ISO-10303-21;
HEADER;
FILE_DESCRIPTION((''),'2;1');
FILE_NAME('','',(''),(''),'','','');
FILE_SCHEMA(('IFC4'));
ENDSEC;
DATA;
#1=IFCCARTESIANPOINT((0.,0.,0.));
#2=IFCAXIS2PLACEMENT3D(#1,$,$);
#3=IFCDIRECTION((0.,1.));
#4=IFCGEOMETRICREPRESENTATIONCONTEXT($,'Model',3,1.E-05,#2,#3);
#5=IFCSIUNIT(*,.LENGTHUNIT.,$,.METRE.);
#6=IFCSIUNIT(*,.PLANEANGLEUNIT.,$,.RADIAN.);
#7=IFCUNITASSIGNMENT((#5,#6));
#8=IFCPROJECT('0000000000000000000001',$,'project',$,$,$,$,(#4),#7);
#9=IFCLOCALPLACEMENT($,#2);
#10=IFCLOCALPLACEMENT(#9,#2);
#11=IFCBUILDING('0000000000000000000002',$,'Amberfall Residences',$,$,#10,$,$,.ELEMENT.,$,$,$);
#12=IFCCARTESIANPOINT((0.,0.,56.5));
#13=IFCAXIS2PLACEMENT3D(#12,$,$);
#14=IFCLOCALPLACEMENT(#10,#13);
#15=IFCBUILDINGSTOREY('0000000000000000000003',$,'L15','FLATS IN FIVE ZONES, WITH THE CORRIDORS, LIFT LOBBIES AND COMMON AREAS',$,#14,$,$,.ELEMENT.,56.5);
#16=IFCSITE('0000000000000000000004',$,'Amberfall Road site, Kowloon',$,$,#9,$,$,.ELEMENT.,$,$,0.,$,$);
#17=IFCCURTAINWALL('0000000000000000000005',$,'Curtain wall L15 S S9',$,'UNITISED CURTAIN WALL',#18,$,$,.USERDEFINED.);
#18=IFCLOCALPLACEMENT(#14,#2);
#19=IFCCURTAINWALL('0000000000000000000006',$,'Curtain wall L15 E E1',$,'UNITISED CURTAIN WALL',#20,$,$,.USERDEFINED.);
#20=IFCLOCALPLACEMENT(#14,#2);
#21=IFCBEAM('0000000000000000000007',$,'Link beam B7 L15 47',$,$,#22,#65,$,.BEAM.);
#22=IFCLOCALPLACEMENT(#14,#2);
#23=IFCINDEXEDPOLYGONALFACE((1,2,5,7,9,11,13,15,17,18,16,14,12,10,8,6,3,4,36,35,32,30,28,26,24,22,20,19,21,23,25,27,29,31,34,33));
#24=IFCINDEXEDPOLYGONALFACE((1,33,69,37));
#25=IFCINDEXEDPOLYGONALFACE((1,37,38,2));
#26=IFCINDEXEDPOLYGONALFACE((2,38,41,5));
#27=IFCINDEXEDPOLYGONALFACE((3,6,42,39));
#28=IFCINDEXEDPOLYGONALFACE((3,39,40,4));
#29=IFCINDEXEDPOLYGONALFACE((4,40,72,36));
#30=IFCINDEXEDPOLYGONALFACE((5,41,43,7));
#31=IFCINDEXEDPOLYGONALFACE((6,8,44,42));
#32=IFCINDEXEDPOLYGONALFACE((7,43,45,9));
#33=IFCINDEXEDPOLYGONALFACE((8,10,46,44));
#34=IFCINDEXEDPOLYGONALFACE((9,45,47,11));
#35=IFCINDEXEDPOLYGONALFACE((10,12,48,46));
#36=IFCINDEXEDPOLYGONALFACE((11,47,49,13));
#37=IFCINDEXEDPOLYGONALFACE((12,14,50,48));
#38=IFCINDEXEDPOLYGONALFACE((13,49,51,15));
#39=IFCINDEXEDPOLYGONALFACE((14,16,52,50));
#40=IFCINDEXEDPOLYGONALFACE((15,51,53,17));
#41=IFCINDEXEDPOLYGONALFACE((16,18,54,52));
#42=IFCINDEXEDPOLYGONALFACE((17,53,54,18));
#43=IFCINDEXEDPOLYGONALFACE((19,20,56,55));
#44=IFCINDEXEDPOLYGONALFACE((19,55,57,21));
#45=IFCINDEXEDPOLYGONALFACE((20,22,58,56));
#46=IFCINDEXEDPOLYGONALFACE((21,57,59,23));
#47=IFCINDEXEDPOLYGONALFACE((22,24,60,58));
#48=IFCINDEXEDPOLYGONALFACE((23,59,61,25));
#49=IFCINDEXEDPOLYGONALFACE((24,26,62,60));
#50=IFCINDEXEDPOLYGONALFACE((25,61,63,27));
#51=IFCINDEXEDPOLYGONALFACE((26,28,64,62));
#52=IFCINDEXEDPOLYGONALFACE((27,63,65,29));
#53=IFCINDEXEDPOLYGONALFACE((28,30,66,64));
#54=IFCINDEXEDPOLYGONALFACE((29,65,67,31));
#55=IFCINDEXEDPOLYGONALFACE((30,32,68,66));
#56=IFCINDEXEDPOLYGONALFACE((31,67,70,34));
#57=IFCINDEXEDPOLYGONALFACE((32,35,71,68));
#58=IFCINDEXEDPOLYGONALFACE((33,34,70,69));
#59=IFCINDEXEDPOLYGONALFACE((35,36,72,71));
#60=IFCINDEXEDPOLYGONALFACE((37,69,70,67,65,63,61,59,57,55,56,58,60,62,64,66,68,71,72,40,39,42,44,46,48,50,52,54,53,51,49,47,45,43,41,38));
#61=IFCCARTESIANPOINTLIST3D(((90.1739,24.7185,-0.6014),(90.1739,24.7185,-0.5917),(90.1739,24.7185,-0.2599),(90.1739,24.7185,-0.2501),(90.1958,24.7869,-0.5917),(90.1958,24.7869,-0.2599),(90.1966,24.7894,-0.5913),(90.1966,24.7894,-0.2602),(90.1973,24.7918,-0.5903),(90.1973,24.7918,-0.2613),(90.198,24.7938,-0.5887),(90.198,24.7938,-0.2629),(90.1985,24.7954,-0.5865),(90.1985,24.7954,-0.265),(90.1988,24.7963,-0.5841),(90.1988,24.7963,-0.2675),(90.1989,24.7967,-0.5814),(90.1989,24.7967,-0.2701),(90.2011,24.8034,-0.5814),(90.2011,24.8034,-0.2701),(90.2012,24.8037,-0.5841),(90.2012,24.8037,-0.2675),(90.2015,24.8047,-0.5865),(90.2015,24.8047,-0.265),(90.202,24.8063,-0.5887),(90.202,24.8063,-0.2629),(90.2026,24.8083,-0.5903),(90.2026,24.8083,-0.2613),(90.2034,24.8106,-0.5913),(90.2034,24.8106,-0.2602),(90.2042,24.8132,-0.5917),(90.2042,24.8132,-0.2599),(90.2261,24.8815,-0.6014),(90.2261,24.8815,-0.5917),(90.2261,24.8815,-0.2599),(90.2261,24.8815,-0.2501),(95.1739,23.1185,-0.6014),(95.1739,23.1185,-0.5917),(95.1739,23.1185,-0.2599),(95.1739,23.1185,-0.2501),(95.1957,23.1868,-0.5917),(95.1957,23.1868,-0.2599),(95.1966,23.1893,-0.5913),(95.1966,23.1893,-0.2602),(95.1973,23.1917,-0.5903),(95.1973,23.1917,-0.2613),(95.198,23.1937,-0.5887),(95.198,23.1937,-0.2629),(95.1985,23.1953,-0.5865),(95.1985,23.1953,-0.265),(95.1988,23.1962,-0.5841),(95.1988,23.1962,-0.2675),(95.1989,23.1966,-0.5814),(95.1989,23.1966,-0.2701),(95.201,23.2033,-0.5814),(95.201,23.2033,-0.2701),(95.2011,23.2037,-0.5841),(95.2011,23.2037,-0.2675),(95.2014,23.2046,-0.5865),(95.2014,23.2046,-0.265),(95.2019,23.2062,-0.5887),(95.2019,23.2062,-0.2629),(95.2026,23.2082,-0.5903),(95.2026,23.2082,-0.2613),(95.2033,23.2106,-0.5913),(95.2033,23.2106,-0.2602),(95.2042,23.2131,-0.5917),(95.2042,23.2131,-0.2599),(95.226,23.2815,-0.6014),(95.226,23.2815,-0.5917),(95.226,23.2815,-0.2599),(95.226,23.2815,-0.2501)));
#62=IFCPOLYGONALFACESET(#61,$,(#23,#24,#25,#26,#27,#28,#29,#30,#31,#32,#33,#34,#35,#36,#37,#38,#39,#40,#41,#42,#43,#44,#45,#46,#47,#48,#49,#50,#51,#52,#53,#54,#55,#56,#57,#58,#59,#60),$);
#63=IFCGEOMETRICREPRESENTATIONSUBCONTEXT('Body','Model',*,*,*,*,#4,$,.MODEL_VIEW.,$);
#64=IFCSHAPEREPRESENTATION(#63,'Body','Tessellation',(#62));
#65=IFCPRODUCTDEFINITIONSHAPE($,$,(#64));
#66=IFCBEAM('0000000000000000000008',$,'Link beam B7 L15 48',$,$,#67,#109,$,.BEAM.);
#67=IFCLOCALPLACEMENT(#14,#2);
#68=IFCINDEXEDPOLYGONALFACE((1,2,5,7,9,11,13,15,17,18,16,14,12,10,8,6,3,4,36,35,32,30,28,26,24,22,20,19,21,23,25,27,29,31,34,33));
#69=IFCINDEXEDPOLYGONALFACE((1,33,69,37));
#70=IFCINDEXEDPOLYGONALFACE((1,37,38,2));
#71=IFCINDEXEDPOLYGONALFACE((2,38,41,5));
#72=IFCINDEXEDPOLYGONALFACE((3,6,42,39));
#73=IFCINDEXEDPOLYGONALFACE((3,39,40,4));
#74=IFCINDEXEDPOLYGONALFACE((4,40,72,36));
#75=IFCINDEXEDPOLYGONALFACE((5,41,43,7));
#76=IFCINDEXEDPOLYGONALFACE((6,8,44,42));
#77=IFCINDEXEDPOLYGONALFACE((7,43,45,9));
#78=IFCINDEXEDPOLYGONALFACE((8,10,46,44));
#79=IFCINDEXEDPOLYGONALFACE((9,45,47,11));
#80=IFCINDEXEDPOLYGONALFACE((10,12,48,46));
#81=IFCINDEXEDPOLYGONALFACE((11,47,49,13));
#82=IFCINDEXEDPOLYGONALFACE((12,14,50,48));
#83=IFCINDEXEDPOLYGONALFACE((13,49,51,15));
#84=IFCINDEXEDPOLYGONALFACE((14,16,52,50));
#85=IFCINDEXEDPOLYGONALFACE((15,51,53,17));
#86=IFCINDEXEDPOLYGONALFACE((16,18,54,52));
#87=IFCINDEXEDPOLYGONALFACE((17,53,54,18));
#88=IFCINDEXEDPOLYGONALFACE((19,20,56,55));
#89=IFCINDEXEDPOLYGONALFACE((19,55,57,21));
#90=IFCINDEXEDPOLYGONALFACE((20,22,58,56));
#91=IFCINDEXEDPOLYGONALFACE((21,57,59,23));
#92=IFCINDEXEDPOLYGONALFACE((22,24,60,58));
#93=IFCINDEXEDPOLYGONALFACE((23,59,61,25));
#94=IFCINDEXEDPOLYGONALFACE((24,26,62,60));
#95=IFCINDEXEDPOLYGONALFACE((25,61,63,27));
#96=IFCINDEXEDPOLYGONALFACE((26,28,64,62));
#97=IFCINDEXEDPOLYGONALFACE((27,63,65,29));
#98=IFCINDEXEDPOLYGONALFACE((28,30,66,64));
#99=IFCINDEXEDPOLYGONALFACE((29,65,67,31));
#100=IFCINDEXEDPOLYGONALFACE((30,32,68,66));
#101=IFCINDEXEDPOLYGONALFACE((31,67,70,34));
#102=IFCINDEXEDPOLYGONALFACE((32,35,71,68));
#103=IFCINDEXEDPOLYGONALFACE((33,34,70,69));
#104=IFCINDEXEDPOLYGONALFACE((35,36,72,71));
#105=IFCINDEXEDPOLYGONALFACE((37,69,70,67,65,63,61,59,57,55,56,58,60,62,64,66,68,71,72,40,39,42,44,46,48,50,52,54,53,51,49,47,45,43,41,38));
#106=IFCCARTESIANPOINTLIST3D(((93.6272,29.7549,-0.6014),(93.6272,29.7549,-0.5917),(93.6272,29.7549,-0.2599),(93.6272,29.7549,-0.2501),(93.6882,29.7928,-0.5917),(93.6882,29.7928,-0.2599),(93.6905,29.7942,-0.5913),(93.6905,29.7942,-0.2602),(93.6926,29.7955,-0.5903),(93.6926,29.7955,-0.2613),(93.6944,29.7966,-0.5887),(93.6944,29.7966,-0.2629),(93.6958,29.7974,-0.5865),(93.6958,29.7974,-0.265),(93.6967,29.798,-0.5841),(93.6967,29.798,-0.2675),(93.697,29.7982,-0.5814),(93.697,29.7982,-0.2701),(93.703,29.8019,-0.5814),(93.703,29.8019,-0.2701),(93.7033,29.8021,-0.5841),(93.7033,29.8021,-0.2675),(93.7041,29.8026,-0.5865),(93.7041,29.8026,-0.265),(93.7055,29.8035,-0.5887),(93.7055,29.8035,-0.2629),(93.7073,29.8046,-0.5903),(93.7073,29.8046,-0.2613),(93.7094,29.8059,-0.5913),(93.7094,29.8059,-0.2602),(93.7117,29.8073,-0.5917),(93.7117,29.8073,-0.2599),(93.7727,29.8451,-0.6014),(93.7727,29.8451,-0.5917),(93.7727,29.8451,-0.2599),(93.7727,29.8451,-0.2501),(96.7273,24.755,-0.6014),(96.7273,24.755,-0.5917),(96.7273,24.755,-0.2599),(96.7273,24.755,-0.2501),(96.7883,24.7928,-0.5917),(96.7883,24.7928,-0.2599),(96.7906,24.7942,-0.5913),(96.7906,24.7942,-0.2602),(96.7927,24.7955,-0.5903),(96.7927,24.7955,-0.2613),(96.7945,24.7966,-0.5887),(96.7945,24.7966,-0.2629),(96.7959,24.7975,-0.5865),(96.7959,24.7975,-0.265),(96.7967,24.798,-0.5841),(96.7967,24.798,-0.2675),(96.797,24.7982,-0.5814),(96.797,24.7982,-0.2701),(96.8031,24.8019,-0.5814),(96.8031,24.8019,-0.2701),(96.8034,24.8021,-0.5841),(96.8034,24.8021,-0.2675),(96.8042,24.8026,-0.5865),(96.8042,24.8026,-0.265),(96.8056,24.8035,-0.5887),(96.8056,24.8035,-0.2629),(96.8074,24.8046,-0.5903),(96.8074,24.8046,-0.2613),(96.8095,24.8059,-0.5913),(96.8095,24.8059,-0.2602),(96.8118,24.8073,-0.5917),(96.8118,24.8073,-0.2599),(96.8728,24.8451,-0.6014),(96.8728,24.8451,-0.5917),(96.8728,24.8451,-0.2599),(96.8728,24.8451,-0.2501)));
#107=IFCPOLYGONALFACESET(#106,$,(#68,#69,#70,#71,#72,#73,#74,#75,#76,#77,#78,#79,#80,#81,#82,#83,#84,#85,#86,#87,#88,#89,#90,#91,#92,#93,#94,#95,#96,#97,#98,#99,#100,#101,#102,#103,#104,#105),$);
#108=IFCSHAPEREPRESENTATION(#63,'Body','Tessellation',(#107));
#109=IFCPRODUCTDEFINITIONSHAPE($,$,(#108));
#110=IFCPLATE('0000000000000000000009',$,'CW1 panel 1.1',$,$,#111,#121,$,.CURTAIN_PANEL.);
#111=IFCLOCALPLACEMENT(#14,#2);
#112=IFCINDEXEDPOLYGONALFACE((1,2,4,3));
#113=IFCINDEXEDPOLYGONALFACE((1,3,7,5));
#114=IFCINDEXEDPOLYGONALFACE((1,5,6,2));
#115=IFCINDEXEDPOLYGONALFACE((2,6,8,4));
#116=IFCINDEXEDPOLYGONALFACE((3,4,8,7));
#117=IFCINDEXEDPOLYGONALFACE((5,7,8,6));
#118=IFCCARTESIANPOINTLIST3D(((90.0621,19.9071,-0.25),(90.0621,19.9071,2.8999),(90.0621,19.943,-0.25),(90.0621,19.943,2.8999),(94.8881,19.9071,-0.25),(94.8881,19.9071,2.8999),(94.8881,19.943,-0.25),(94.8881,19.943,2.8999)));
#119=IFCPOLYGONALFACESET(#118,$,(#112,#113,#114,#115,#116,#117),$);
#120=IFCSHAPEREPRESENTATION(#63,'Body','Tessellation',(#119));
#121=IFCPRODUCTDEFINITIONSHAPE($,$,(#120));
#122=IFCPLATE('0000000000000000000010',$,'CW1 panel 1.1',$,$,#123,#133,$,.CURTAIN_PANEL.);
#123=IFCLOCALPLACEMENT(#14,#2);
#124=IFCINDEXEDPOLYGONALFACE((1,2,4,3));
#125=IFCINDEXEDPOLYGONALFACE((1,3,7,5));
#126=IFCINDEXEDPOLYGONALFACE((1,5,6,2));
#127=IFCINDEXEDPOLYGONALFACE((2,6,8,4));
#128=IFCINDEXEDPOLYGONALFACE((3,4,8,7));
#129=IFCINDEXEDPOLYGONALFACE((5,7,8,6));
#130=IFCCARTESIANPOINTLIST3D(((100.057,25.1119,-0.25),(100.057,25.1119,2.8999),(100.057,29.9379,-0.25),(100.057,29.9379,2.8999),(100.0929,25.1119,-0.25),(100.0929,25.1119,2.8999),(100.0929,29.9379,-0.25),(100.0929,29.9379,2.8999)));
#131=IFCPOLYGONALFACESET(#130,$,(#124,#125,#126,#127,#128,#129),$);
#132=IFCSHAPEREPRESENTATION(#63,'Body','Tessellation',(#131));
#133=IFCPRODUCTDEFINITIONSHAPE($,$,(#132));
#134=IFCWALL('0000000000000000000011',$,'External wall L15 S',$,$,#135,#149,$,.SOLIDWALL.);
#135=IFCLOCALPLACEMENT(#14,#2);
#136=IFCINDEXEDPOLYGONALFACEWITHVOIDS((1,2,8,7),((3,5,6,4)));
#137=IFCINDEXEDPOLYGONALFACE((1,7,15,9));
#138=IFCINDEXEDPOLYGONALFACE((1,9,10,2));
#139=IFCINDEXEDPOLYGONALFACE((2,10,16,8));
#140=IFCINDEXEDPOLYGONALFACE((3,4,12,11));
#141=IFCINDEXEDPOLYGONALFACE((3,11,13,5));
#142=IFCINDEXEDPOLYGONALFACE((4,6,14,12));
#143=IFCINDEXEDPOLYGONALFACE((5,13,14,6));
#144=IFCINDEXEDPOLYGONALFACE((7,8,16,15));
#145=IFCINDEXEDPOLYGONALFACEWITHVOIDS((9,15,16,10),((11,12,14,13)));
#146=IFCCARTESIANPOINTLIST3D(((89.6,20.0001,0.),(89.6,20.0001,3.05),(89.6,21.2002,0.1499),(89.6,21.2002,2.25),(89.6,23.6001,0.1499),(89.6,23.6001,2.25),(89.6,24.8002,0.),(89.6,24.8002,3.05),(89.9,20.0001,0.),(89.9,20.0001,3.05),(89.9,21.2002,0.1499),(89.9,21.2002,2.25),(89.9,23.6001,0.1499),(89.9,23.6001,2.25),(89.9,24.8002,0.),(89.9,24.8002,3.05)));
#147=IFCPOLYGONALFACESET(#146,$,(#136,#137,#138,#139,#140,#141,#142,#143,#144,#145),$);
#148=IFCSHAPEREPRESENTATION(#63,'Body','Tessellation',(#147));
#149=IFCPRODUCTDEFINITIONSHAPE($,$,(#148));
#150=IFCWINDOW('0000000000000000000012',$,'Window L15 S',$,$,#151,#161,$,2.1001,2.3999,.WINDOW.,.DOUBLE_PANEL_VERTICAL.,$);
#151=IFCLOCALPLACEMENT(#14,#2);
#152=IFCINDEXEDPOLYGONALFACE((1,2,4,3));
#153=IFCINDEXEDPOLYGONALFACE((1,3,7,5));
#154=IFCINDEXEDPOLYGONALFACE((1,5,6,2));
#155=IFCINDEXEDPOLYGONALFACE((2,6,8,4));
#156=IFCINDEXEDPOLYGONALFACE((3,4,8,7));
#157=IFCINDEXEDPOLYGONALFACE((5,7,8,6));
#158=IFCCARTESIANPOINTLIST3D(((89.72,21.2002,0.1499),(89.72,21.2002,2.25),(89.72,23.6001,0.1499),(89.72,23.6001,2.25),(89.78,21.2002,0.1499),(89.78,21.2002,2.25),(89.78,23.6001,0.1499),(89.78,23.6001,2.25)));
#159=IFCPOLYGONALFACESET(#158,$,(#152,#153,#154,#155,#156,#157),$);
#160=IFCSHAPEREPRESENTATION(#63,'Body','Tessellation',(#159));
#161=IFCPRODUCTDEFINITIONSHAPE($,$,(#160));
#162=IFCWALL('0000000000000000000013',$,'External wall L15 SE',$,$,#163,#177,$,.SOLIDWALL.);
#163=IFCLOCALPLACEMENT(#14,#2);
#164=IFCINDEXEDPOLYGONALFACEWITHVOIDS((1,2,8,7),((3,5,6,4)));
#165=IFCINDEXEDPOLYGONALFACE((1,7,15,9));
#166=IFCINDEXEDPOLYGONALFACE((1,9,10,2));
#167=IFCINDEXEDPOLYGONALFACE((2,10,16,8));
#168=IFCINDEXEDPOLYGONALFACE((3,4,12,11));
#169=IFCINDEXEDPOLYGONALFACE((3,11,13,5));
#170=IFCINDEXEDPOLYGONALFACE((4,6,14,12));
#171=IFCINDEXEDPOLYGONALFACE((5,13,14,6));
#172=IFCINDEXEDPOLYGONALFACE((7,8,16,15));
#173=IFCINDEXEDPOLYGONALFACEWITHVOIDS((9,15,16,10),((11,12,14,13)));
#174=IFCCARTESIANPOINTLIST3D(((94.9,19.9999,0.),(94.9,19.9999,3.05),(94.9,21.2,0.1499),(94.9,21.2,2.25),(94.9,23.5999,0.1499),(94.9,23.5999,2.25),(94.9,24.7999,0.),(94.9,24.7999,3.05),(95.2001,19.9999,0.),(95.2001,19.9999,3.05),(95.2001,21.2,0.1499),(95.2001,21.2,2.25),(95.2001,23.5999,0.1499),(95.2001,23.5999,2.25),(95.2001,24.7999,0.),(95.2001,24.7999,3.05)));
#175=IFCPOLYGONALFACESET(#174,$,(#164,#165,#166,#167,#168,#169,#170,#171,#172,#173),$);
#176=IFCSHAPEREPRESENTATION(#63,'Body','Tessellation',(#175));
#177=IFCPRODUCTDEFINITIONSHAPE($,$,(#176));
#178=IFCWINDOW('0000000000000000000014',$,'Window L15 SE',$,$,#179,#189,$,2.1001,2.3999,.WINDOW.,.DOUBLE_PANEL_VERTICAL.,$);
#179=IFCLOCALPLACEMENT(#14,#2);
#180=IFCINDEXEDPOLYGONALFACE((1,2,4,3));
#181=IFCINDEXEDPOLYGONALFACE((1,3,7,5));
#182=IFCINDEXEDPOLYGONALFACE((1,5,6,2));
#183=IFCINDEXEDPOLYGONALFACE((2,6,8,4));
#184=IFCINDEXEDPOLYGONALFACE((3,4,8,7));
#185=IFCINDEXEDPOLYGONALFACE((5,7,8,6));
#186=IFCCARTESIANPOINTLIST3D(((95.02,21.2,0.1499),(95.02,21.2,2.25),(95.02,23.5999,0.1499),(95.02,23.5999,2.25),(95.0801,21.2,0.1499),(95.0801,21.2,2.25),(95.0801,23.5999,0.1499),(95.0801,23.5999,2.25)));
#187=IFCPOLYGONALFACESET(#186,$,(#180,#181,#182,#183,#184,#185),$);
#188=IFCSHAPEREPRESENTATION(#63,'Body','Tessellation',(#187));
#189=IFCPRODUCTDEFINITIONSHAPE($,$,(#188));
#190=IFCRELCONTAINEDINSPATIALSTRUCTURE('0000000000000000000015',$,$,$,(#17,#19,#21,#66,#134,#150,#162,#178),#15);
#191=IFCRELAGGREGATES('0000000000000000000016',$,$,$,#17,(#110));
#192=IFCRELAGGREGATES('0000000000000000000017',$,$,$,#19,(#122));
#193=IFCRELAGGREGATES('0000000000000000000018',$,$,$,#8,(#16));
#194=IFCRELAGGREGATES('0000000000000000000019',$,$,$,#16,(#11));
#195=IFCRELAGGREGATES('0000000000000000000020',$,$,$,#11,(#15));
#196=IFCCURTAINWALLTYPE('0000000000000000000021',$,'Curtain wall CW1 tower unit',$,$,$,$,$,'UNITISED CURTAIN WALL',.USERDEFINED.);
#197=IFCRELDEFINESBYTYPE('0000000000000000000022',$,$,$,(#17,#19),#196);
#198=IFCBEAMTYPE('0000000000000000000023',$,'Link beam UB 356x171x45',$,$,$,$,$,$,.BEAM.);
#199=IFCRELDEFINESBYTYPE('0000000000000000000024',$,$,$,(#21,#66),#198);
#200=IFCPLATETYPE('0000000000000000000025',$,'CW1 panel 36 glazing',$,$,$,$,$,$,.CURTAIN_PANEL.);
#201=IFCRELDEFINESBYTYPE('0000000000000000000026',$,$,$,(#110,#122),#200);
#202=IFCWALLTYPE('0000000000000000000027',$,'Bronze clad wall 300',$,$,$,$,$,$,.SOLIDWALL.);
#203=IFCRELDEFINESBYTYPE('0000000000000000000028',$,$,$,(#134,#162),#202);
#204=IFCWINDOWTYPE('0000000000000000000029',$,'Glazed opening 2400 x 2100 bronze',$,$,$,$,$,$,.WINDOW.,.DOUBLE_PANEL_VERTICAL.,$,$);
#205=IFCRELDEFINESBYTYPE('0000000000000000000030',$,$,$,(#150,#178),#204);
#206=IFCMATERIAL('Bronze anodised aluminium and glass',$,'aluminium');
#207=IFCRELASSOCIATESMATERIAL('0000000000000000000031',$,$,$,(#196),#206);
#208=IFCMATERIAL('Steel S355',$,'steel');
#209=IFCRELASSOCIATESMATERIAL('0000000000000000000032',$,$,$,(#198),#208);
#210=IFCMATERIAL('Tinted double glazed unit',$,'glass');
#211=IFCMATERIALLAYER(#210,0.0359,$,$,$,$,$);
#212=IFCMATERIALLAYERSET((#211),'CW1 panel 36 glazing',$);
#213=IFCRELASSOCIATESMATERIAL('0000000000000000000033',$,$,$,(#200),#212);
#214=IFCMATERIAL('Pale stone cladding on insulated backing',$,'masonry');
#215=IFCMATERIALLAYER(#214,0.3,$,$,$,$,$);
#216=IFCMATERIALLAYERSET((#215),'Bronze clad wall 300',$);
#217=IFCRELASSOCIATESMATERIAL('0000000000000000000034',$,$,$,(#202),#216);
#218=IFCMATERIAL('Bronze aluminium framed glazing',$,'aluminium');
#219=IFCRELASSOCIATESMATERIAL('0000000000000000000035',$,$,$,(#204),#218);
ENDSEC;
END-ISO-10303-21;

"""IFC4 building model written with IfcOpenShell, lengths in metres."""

from ifc_helpers import new_model, si_unit, direction, frame, frame_2d, origin, origin_2d, place, context, subcontext, project, spatial, rectangle, i_section, extrude, material, layer, layer_set, material_profile, profile_set, type_object, element, fill, aggregate, save


model = new_model("IFC4")

# Units and contexts
model_context = context("Model", 3, precision=1e-05, world=origin(), true_north=direction((0.0, 1.0)))
body_context = subcontext(model_context, "Body", "Model", "MODEL_VIEW")
ifc_project = project(units=[si_unit("LENGTHUNIT", "METRE"), si_unit("PLANEANGLEUNIT", "RADIAN")], contexts=[model_context])

# Site, building, storey
site_placement = place(None, origin())
site = spatial("IfcSite", under=ifc_project, at=site_placement, Name="Amberfall Road site, Kowloon", CompositionType="ELEMENT", RefElevation=0.0)
building_placement = place(site_placement, origin())
building = spatial("IfcBuilding", under=site, at=building_placement, Name="Amberfall Residences", CompositionType="ELEMENT")
storey_placement = place(building_placement, frame((0.0, 0.0, 56.5)))
storey = spatial("IfcBuildingStorey", under=building, at=storey_placement, Name="L15", Description="FLATS IN FIVE ZONES, WITH THE CORRIDORS, LIFT LOBBIES AND COMMON AREAS", CompositionType="ELEMENT", Elevation=56.5)

# Curtain walls
ifc_material_1 = material(Name="Bronze anodised aluminium and glass", Category="aluminium")
curtain_wall_type = type_object("IfcCurtainWallType", Name="Curtain wall CW1 tower unit", ElementType="UNITISED CURTAIN WALL", PredefinedType="USERDEFINED", material=ifc_material_1)
curtain_wall_1_placement = place(storey_placement, origin())
curtain_wall_1 = element("IfcCurtainWall", 1, at=curtain_wall_1_placement, inside=storey, type_object=curtain_wall_type, Name="Curtain wall L15 S S9", ObjectType="UNITISED CURTAIN WALL", PredefinedType="USERDEFINED")
curtain_wall_2_placement = place(storey_placement, origin())
curtain_wall_2 = element("IfcCurtainWall", 2, at=curtain_wall_2_placement, inside=storey, type_object=curtain_wall_type, Name="Curtain wall L15 E E1", ObjectType="UNITISED CURTAIN WALL", PredefinedType="USERDEFINED")

# Beams
ifc_material_2 = material(Name="Steel S355", Category="steel")
ifc_material_profile_1 = material_profile(ifc_material_2, i_section(OverallWidth=0.1711, OverallDepth=0.3513, WebThickness=0.0071, FlangeThickness=0.0098, FilletRadius=0.0103, at=origin_2d()), Name="UB 356x171x45")
ifc_profile_set_1 = profile_set([ifc_material_profile_1], Name="Steel S355")
beam_type_1 = type_object("IfcBeamType", Name="Link beam UB 356x171x45", PredefinedType="BEAM", material=ifc_profile_set_1)
beam_1_placement = place(storey_placement, frame((95.2, 23.2, -0.4258), z_axis=(-0.952419, 0.304793, 0.0), x_axis=(-0.304793, -0.952419, 0.0)))
element("IfcBeam", 3, at=beam_1_placement, inside=storey, type_object=beam_type_1, Name="Link beam B7 L15 47", PredefinedType="BEAM", context=body_context, shape_type="SweptSolid", body=[
    extrude(i_section(OverallWidth=0.1711, OverallDepth=0.3513, WebThickness=0.0071, FlangeThickness=0.0098, FilletRadius=0.0103, at=origin_2d()), origin(), (0.0, 0.0, 1.0), 5.2498),
])
beam_2_placement = place(storey_placement, frame((96.8, 24.8, -0.4258), z_axis=(-0.526952, 0.849895, 0.0), x_axis=(-0.849895, -0.526952, 0.0)))
element("IfcBeam", 4, at=beam_2_placement, inside=storey, type_object=beam_type_1, Name="Link beam B7 L15 48", PredefinedType="BEAM", context=body_context, shape_type="SweptSolid", body=[
    extrude(i_section(OverallWidth=0.1711, OverallDepth=0.3513, WebThickness=0.0071, FlangeThickness=0.0098, FilletRadius=0.0103, at=origin_2d()), origin(), (0.0, 0.0, 1.0), 5.8831),
])

# Plates
ifc_material_3 = material(Name="Tinted double glazed unit", Category="glass")
ifc_layer_1 = layer(ifc_material_3, 0.0359)
ifc_layer_set_1 = layer_set([ifc_layer_1], Name="CW1 panel 36 glazing")
plate_type = type_object("IfcPlateType", Name="CW1 panel 36 glazing", PredefinedType="CURTAIN_PANEL", material=ifc_layer_set_1)
plate_1_placement = place(storey_placement, frame((92.4751, 19.925, -0.25), z_axis=(0.0, 0.0, 1.0), x_axis=(1.0, 0.0, 0.0)))
plate_1 = element("IfcPlate", 5, at=plate_1_placement, type_object=plate_type, Name="CW1 panel 1.1", PredefinedType="CURTAIN_PANEL", context=body_context, shape_type="SweptSolid", body=[
    extrude(rectangle(XDim=4.8259, YDim=0.0359, at=origin_2d()), origin(), (0.0, 0.0, 1.0), 3.1499),
])
aggregate(curtain_wall_1, [plate_1])
plate_2_placement = place(storey_placement, frame((100.075, 27.5249, -0.25), z_axis=(0.0, 0.0, 1.0), x_axis=(0.0, 1.0, 0.0)))
plate_2 = element("IfcPlate", 6, at=plate_2_placement, type_object=plate_type, Name="CW1 panel 1.1", PredefinedType="CURTAIN_PANEL", context=body_context, shape_type="SweptSolid", body=[
    extrude(rectangle(XDim=4.8259, YDim=0.0359, at=origin_2d()), origin(), (0.0, 0.0, 1.0), 3.1499),
])
aggregate(curtain_wall_2, [plate_2])

# Walls, openings, windows
ifc_material_4 = material(Name="Pale stone cladding on insulated backing", Category="masonry")
ifc_layer_2 = layer(ifc_material_4, 0.3)
ifc_layer_set_2 = layer_set([ifc_layer_2], Name="Bronze clad wall 300")
wall_type_1 = type_object("IfcWallType", Name="Bronze clad wall 300", PredefinedType="SOLIDWALL", material=ifc_layer_set_2)
wall_1_placement = place(storey_placement, frame((89.75, 24.8, 0.0), z_axis=(0.0, 0.0, 1.0), x_axis=(0.0, -1.0, 0.0)))
wall_1 = element("IfcWall", 7, at=wall_1_placement, inside=storey, type_object=wall_type_1, Name="External wall L15 S", PredefinedType="SOLIDWALL", context=body_context, shape_type="SweptSolid", body=[
    extrude(rectangle(XDim=4.8, YDim=0.3, at=frame_2d((2.3999, 0.0))), origin(), (0.0, 0.0, 1.0), 3.05),
])
opening_1_placement = place(wall_1_placement, frame((1.2, 0.0, 0.1499)))
opening_1 = element("IfcOpeningElement", 8, at=opening_1_placement, cuts=wall_1, PredefinedType="OPENING", context=body_context, shape_type="SweptSolid", body=[
    extrude(rectangle(XDim=2.3999, YDim=2.1001, at=frame_2d((1.2, 1.05))), frame((0.0, 0.1599, 0.0), z_axis=(0.0, -1.0, 0.0), x_axis=(1.0, 0.0, 0.0)), (0.0, 0.0, 1.0), 0.3201),
])
ifc_material_5 = material(Name="Bronze aluminium framed glazing", Category="aluminium")
window_type_1 = type_object("IfcWindowType", Name="Glazed opening 2400 x 2100 bronze", PartitioningType="DOUBLE_PANEL_VERTICAL", PredefinedType="WINDOW", material=ifc_material_5)
window_1_placement = place(opening_1_placement, origin())
window_1 = element("IfcWindow", 9, at=window_1_placement, inside=storey, type_object=window_type_1, Name="Window L15 S", OverallHeight=2.1001, OverallWidth=2.3999, PartitioningType="DOUBLE_PANEL_VERTICAL", PredefinedType="WINDOW", context=body_context, shape_type="SweptSolid", body=[
    extrude(rectangle(XDim=2.3999, YDim=2.1001, at=frame_2d((1.2, 1.05))), frame((0.0, 0.03, 0.0), z_axis=(0.0, -1.0, 0.0), x_axis=(1.0, 0.0, 0.0)), (0.0, 0.0, 1.0), 0.0601),
])
fill(opening_1, window_1)
wall_2_placement = place(storey_placement, frame((95.05, 20.0, 0.0), z_axis=(0.0, 0.0, 1.0), x_axis=(0.0, 1.0, 0.0)))
wall_2 = element("IfcWall", 10, at=wall_2_placement, inside=storey, type_object=wall_type_1, Name="External wall L15 SE", PredefinedType="SOLIDWALL", context=body_context, shape_type="SweptSolid", body=[
    extrude(rectangle(XDim=4.8, YDim=0.3, at=frame_2d((2.3999, 0.0))), origin(), (0.0, 0.0, 1.0), 3.05),
])
opening_2_placement = place(wall_2_placement, frame((1.2, 0.0, 0.1499)))
opening_2 = element("IfcOpeningElement", 11, at=opening_2_placement, cuts=wall_2, PredefinedType="OPENING", context=body_context, shape_type="SweptSolid", body=[
    extrude(rectangle(XDim=2.3999, YDim=2.1001, at=frame_2d((1.2, 1.05))), frame((0.0, 0.1599, 0.0), z_axis=(0.0, -1.0, 0.0), x_axis=(1.0, 0.0, 0.0)), (0.0, 0.0, 1.0), 0.3201),
])
window_2_placement = place(opening_2_placement, origin())
window_2 = element("IfcWindow", 12, at=window_2_placement, inside=storey, type_object=window_type_1, Name="Window L15 SE", OverallHeight=2.1001, OverallWidth=2.3999, PartitioningType="DOUBLE_PANEL_VERTICAL", PredefinedType="WINDOW", context=body_context, shape_type="SweptSolid", body=[
    extrude(rectangle(XDim=2.3999, YDim=2.1001, at=frame_2d((1.2, 1.05))), frame((0.0, 0.03, 0.0), z_axis=(0.0, -1.0, 0.0), x_axis=(1.0, 0.0, 0.0)), (0.0, 0.0, 1.0), 0.0601),
])
fill(opening_2, window_2)

save(model, "model.ifc")
